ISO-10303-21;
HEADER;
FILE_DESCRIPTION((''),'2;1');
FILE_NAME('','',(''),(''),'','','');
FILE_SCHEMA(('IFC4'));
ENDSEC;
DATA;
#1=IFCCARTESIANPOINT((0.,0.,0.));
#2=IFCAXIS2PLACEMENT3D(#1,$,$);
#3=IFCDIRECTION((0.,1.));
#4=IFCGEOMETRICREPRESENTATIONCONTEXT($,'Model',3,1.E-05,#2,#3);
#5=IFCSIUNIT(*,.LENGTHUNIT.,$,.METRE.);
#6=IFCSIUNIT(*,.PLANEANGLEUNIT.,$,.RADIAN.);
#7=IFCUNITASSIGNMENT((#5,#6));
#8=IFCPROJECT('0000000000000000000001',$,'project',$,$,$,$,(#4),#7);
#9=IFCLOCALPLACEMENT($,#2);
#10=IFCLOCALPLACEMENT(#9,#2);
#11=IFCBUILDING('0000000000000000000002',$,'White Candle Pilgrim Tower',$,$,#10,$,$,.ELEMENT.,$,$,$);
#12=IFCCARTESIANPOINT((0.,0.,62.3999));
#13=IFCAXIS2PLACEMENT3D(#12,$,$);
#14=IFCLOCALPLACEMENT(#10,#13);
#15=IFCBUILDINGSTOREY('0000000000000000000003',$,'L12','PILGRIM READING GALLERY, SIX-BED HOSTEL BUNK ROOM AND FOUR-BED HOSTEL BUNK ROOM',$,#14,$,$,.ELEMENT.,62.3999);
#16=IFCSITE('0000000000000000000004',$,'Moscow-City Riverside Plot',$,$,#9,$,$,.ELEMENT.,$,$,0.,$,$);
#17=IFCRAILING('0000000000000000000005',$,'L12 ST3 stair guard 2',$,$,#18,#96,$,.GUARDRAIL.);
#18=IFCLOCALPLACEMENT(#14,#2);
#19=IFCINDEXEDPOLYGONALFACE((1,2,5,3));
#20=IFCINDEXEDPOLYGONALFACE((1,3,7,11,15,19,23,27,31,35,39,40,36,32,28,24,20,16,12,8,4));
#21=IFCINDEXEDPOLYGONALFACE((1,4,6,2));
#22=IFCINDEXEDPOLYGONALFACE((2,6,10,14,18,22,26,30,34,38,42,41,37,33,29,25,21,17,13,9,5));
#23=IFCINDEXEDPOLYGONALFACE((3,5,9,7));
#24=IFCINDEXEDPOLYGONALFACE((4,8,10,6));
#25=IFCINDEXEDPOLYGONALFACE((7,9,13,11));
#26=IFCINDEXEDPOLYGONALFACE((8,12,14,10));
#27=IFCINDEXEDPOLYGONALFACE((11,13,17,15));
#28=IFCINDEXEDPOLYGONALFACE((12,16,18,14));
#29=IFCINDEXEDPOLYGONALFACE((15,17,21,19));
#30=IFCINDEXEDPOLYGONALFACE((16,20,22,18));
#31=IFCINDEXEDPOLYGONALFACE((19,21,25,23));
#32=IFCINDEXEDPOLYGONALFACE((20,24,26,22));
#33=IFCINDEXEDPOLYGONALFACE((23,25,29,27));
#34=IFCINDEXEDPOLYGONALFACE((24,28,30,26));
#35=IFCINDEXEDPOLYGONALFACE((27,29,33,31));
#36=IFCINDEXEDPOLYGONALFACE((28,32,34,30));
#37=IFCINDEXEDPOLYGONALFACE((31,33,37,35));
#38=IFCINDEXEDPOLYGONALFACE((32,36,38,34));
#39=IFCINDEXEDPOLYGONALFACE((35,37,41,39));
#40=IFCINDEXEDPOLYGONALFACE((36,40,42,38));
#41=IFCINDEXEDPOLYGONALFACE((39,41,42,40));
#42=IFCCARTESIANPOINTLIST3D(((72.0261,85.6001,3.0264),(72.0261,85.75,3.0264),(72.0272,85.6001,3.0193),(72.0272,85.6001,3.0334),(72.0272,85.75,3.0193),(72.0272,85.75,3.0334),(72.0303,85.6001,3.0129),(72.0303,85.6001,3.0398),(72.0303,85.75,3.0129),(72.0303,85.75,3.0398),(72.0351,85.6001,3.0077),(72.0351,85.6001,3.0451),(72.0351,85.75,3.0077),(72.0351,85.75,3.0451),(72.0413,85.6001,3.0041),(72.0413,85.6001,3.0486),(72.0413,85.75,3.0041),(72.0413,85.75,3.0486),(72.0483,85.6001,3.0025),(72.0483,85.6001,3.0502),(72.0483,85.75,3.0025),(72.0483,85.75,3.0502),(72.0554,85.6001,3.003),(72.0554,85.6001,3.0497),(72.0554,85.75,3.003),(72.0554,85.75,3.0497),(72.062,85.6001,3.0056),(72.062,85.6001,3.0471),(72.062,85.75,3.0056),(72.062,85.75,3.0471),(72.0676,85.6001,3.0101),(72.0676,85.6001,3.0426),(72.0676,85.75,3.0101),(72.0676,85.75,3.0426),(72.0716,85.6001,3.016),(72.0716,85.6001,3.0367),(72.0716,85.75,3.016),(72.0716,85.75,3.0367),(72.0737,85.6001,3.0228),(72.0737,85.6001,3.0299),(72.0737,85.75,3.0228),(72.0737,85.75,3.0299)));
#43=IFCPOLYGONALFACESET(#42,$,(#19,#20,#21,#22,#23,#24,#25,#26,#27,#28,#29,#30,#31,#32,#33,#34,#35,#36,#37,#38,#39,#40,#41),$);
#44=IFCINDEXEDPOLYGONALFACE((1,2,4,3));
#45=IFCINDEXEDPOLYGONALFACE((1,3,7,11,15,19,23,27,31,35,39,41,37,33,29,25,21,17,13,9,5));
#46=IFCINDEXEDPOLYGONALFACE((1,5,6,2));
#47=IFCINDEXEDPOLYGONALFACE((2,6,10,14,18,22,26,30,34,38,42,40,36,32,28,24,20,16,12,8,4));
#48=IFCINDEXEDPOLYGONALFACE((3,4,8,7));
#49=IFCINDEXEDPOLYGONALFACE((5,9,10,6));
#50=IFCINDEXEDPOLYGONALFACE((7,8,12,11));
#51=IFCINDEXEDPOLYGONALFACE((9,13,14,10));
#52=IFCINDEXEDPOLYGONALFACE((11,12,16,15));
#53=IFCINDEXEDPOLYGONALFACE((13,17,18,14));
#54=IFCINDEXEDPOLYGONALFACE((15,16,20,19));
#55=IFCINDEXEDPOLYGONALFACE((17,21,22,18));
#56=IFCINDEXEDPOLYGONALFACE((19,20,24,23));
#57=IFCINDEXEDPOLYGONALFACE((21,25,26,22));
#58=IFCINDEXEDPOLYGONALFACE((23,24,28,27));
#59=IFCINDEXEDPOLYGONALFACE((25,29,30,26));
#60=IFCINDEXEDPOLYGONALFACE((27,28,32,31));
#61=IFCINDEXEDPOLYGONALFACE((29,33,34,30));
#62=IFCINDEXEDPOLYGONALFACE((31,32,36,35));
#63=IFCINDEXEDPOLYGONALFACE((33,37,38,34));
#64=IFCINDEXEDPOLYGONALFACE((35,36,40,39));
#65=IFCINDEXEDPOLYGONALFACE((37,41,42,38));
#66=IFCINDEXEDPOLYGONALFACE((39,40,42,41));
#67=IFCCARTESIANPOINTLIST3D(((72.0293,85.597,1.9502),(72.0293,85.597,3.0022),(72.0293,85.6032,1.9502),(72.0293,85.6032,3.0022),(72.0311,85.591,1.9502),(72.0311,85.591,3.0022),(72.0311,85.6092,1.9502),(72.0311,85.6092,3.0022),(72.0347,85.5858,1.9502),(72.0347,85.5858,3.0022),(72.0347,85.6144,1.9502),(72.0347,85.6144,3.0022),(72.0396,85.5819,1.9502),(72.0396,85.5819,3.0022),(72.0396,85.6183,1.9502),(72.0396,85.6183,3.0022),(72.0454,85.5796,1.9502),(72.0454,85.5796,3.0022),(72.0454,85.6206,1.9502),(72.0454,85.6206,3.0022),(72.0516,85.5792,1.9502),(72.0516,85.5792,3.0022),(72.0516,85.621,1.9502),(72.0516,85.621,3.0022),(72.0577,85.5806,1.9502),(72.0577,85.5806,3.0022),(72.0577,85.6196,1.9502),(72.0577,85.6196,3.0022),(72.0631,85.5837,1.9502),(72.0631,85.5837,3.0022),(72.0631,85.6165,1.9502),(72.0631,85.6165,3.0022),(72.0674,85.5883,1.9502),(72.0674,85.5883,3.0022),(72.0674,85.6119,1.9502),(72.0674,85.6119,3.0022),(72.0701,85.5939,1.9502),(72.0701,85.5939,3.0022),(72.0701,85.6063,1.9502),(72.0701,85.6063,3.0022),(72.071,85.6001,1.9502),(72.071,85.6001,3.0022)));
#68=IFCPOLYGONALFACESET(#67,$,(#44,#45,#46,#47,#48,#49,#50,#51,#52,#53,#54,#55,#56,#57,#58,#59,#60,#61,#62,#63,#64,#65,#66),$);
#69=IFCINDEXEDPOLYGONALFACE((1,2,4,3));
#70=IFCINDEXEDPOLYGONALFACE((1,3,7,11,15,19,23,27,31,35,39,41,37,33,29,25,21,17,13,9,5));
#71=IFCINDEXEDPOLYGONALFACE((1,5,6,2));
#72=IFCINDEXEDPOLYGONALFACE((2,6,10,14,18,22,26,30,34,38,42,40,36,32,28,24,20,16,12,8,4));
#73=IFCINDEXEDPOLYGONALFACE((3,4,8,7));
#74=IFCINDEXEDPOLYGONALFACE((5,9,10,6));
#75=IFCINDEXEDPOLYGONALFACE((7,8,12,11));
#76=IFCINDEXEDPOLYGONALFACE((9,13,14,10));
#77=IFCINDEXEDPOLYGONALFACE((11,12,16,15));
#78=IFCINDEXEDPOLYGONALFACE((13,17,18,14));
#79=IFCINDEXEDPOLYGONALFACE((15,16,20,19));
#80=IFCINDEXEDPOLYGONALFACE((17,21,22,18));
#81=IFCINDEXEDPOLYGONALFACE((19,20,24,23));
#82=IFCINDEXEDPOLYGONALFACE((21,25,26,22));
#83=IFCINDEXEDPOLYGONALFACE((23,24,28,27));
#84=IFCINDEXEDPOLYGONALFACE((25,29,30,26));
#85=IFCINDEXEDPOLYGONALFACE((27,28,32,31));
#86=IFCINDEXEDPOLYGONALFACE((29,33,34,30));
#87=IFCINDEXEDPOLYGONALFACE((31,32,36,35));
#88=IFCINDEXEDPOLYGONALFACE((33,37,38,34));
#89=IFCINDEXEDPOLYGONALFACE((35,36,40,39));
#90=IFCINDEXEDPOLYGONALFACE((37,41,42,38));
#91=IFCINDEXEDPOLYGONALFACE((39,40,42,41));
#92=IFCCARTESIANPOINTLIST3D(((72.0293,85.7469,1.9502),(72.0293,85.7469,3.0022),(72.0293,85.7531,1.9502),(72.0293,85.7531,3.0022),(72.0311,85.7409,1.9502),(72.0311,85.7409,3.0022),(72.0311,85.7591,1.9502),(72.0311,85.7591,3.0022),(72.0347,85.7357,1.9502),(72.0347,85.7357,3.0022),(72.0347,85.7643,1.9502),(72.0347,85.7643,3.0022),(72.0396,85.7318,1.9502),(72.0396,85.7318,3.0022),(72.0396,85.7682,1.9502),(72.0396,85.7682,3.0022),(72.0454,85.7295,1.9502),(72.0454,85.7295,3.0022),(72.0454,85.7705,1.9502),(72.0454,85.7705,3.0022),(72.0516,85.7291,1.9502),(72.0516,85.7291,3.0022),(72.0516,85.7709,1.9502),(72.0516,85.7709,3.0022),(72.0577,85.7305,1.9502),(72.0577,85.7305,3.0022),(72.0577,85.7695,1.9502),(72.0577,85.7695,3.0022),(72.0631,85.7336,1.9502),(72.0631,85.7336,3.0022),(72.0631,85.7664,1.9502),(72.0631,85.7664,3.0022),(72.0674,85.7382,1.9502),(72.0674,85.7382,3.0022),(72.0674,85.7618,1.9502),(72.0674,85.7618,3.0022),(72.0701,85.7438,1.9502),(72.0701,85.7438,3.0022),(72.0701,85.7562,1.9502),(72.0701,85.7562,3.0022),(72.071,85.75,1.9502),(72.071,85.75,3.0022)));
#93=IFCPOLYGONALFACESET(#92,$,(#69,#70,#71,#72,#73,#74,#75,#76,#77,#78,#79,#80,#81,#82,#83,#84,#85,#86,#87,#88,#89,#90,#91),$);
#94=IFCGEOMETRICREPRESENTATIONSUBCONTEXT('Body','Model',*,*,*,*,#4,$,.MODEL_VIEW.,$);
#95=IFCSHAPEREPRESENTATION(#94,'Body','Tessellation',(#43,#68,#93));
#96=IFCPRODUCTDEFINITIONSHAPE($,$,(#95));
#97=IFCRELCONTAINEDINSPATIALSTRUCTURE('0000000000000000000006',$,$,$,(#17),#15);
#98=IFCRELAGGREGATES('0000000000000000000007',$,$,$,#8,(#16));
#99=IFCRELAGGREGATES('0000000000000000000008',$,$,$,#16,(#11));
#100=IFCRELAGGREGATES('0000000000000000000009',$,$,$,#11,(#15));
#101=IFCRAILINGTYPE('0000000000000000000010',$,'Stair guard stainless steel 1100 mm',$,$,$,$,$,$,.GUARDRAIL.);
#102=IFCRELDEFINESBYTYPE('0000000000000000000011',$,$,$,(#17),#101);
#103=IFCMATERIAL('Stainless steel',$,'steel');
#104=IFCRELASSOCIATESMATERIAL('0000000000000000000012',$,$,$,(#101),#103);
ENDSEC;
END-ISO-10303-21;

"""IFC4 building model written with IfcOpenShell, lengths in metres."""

from ifc_helpers import new_model, si_unit, direction, frame, origin, origin_2d, place, context, subcontext, project, spatial, circle, extrude, material, type_object, element, save


model = new_model("IFC4")

# Units and contexts
model_context = context("Model", 3, precision=1e-05, world=origin(), true_north=direction((0.0, 1.0)))
body_context = subcontext(model_context, "Body", "Model", "MODEL_VIEW")
ifc_project = project(units=[si_unit("LENGTHUNIT", "METRE"), si_unit("PLANEANGLEUNIT", "RADIAN")], contexts=[model_context])

# Site, building, storey
site_placement = place(None, origin())
site = spatial("IfcSite", under=ifc_project, at=site_placement, Name="Moscow-City Riverside Plot", CompositionType="ELEMENT", RefElevation=0.0)
building_placement = place(site_placement, origin())
building = spatial("IfcBuilding", under=site, at=building_placement, Name="White Candle Pilgrim Tower", CompositionType="ELEMENT")
storey_placement = place(building_placement, frame((0.0, 0.0, 62.3999)))
storey = spatial("IfcBuildingStorey", under=building, at=storey_placement, Name="L12", Description="PILGRIM READING GALLERY, SIX-BED HOSTEL BUNK ROOM AND FOUR-BED HOSTEL BUNK ROOM", CompositionType="ELEMENT", Elevation=62.3999)

# Railing
ifc_material_1 = material(Name="Stainless steel", Category="steel")
railing_type_1 = type_object("IfcRailingType", Name="Stair guard stainless steel 1100 mm", PredefinedType="GUARDRAIL", material=ifc_material_1)
railing_1_placement = place(storey_placement, frame((72.05, 85.6001, 1.9502)))
element("IfcRailing", 1, at=railing_1_placement, inside=storey, type_object=railing_type_1, Name="L12 ST3 stair guard 2", PredefinedType="GUARDRAIL", context=body_context, shape_type="SweptSolid", body=[
    extrude(circle(Radius=0.0239, at=origin_2d()), frame((0.0, 0.0, 1.0762), z_axis=(0.0, 1.0, 0.0), x_axis=(-1.0, 0.0, 0.0)), (0.0, 0.0, 1.0), 0.1499),
    extrude(circle(Radius=0.021, at=origin_2d()), origin(), (0.0, 0.0, 1.0), 1.052),
    extrude(circle(Radius=0.021, at=origin_2d()), frame((0.0, 0.1499, 0.0)), (0.0, 0.0, 1.0), 1.052),
])

save(model, "model.ifc")
